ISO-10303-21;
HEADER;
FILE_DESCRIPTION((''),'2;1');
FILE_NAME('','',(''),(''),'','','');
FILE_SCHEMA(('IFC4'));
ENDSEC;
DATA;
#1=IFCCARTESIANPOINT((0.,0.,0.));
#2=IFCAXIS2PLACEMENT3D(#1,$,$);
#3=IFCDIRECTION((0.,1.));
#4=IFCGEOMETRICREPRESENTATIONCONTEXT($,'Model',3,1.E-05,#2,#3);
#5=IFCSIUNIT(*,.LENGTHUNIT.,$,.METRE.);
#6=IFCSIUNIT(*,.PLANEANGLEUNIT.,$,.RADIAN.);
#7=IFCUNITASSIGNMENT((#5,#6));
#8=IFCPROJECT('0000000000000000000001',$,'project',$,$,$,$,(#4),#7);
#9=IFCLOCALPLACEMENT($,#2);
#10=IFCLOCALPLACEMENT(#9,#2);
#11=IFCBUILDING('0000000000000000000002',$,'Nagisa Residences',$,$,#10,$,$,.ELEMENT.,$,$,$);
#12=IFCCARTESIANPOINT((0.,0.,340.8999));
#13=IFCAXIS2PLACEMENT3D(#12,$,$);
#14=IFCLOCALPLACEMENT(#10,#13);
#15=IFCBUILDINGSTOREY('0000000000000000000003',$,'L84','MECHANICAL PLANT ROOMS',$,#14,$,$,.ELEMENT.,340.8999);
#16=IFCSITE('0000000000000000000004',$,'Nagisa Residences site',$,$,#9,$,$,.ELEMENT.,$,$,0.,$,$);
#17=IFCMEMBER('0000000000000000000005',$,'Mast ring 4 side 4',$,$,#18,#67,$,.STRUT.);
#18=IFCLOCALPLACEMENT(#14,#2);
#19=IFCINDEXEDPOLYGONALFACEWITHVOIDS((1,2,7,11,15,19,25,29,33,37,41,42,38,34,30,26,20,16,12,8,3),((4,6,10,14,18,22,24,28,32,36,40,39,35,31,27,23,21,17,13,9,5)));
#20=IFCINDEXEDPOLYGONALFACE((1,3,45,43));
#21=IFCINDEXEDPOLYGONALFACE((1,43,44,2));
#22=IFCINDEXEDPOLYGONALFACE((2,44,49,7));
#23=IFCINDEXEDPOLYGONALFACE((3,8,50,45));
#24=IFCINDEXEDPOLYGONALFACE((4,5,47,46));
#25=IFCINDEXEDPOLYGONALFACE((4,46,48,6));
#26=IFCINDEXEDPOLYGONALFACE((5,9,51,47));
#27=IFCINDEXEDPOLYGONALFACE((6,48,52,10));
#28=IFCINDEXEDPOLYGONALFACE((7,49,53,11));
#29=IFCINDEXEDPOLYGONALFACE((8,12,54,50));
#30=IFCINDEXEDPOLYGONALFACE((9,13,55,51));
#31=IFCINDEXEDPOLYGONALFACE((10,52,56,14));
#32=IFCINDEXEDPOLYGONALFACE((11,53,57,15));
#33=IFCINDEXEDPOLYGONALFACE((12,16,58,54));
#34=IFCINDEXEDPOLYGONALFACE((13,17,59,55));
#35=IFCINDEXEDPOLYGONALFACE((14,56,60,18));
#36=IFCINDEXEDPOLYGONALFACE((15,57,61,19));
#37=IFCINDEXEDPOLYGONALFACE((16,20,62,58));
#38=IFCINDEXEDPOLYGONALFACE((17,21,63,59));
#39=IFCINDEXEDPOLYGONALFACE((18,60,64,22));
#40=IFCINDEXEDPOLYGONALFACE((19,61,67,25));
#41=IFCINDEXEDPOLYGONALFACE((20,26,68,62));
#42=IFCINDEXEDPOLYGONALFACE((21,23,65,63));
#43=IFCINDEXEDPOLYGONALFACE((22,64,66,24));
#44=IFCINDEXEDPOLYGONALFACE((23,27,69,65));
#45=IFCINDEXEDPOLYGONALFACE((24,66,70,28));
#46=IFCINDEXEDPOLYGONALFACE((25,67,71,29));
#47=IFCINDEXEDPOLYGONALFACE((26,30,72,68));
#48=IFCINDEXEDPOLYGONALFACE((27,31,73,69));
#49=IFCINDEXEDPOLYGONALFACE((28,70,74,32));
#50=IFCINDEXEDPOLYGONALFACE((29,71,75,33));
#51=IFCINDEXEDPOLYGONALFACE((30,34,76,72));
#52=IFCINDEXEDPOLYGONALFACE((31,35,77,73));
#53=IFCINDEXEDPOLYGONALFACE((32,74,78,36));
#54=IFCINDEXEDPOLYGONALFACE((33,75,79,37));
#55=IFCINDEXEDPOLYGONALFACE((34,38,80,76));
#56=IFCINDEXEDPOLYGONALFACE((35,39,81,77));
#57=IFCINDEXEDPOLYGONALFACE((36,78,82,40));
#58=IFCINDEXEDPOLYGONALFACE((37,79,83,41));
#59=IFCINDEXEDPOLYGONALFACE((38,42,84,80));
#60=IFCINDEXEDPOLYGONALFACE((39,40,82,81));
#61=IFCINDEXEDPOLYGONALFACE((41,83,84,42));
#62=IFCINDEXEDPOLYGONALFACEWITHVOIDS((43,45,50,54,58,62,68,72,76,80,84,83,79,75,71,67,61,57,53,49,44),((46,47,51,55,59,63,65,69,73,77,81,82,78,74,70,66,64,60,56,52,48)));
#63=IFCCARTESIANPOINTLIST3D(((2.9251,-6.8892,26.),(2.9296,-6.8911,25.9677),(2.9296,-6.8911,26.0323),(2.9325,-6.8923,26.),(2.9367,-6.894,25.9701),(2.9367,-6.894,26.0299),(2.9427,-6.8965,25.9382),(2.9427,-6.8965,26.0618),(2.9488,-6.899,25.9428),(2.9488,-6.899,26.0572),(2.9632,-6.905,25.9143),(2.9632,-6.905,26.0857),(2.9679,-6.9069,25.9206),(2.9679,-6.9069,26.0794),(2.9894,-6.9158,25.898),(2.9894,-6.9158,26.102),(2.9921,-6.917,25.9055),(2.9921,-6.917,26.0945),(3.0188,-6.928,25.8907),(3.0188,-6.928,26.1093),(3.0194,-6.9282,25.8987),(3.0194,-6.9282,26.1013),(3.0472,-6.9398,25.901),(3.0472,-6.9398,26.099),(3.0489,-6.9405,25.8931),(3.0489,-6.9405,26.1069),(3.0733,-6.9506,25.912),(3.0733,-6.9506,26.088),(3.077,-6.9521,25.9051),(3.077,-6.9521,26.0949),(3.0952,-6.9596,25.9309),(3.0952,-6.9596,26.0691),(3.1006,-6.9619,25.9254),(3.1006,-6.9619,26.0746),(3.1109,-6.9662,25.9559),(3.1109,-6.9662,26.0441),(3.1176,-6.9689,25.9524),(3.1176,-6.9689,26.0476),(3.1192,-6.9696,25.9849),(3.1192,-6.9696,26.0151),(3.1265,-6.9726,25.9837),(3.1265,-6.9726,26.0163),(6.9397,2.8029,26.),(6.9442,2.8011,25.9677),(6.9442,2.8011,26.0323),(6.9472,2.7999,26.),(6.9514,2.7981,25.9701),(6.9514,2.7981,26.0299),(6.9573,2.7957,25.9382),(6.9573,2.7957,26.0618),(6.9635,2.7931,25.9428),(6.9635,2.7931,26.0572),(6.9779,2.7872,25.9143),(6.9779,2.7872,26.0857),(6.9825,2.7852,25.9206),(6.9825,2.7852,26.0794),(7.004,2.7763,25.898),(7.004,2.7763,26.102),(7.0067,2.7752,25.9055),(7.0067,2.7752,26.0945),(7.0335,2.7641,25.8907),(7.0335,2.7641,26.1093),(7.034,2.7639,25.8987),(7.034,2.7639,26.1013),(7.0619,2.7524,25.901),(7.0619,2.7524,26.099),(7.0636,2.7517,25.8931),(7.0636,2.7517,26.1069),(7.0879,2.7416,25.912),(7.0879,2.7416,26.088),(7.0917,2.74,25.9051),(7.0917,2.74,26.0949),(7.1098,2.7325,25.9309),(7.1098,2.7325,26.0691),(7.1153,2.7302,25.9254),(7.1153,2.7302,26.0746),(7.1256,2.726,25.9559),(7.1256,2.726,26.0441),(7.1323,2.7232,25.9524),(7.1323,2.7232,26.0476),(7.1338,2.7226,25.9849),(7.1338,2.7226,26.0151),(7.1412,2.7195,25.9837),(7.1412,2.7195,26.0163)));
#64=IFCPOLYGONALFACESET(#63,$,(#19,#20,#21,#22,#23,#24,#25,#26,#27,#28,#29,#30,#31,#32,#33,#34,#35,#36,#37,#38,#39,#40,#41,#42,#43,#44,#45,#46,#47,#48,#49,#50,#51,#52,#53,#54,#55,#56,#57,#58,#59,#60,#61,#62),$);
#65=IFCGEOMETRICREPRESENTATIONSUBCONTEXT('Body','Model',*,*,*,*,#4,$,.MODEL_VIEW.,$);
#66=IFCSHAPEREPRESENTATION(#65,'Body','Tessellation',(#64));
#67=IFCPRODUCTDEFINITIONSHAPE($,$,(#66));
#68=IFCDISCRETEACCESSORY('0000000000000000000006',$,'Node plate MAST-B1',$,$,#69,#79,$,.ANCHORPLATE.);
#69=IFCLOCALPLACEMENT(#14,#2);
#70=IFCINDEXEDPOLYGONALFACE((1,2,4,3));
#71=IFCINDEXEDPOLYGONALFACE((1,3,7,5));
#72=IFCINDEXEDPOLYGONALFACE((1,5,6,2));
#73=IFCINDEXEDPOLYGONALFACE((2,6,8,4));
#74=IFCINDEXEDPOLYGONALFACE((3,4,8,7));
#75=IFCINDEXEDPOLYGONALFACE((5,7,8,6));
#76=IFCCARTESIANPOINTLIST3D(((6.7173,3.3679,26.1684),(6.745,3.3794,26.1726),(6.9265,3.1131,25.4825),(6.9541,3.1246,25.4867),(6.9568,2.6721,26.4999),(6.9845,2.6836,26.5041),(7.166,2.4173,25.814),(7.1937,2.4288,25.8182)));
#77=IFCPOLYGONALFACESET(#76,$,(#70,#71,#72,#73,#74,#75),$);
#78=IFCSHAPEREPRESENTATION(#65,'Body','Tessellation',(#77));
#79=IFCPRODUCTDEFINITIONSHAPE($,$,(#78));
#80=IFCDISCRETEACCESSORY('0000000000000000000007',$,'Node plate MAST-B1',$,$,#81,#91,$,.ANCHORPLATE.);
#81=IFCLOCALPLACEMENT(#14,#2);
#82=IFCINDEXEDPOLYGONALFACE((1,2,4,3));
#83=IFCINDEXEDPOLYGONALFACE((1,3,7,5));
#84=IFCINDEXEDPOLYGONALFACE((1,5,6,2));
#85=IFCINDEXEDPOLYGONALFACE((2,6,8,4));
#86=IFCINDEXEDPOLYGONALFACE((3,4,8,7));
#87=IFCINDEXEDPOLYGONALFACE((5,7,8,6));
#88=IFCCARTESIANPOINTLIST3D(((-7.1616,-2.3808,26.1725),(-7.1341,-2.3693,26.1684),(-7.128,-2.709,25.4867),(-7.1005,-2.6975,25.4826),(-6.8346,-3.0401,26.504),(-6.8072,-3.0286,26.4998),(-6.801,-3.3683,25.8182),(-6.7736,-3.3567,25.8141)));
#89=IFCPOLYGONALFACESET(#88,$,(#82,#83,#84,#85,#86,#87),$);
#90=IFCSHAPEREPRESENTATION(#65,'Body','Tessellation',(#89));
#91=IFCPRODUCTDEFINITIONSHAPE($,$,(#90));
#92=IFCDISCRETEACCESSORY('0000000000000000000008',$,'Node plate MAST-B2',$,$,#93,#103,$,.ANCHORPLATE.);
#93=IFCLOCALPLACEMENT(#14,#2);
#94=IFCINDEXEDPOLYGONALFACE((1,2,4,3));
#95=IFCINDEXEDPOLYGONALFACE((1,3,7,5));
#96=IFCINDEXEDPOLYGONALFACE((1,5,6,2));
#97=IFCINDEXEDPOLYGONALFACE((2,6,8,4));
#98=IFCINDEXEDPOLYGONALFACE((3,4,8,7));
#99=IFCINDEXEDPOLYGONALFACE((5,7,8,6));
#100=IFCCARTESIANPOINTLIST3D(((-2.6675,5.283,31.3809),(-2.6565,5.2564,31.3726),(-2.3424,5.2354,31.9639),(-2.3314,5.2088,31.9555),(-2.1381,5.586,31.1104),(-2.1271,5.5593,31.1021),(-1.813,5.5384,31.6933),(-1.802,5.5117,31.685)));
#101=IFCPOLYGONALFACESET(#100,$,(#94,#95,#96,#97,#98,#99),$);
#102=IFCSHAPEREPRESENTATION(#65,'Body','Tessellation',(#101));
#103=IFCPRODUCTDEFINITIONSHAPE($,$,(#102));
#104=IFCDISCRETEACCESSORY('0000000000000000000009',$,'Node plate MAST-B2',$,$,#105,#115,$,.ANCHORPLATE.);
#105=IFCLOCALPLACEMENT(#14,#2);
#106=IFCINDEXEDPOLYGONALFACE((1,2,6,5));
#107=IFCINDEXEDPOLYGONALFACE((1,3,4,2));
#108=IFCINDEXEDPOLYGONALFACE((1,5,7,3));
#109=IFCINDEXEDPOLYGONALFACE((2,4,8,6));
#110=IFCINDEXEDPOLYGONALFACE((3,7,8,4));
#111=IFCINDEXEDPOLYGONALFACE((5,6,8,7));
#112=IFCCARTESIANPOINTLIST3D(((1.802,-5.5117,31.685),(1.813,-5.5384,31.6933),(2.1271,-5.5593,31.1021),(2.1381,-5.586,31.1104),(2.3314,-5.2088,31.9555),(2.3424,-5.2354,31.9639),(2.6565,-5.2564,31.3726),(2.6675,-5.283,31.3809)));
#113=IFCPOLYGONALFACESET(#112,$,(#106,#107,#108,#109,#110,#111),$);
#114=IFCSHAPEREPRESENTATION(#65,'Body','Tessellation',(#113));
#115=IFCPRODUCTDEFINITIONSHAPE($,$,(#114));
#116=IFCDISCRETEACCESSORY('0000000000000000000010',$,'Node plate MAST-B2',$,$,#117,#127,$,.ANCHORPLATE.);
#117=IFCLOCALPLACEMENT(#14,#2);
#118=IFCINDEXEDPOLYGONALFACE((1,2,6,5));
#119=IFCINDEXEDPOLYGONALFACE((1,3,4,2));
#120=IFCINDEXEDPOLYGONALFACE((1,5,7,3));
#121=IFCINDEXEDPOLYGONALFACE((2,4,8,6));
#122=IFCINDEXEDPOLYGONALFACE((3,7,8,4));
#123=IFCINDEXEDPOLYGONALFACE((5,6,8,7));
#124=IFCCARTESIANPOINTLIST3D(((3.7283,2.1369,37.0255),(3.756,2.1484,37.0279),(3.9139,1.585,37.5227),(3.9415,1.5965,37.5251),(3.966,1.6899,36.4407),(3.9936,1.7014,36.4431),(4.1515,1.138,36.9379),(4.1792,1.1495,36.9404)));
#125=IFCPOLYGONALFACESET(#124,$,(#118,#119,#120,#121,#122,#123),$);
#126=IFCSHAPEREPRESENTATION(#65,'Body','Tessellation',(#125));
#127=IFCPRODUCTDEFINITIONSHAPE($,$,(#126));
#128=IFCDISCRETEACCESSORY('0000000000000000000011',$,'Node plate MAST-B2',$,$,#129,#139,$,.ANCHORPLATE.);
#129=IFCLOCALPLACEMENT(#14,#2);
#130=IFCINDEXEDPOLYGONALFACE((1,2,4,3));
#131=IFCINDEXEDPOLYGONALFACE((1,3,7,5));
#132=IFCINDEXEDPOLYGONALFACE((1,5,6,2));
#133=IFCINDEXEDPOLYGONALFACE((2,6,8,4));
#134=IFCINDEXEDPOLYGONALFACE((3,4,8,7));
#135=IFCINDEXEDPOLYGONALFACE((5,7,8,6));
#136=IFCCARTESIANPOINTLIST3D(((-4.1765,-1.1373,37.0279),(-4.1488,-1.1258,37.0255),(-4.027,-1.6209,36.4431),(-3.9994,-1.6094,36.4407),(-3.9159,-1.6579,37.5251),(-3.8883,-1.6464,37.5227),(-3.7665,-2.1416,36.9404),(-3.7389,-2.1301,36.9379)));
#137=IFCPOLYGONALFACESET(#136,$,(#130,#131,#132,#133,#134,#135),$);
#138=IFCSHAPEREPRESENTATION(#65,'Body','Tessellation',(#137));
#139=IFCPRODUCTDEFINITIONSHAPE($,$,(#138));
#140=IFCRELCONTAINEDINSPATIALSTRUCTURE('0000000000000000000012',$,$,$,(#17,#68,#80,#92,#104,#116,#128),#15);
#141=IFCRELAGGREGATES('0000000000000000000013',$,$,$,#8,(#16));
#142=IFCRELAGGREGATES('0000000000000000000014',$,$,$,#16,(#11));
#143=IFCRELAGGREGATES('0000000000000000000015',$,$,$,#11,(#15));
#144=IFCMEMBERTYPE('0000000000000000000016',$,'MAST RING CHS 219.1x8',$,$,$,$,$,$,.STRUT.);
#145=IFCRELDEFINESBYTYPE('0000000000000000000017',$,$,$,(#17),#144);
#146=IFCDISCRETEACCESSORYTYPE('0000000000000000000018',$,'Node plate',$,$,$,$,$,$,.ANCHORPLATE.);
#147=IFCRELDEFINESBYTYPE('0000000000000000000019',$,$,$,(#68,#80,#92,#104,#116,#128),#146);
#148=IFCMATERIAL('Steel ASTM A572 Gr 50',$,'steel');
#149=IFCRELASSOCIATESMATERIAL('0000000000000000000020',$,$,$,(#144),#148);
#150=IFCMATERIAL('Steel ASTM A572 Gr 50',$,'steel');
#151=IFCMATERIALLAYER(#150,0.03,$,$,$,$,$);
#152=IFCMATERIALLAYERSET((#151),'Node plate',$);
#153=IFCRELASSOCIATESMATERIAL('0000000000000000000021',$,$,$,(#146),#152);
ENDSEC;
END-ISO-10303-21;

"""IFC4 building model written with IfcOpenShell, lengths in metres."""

from ifc_helpers import new_model, si_unit, direction, frame, origin, origin_2d, place, context, subcontext, project, spatial, rectangle, hollow_circle, extrude, material, layer, layer_set, material_profile, profile_set, type_object, element, save


model = new_model("IFC4")

# Units and contexts
model_context = context("Model", 3, precision=1e-05, world=origin(), true_north=direction((0.0, 1.0)))
body_context = subcontext(model_context, "Body", "Model", "MODEL_VIEW")
ifc_project = project(units=[si_unit("LENGTHUNIT", "METRE"), si_unit("PLANEANGLEUNIT", "RADIAN")], contexts=[model_context])

# Site, building, storey
site_placement = place(None, origin())
site = spatial("IfcSite", under=ifc_project, at=site_placement, Name="Nagisa Residences site", CompositionType="ELEMENT", RefElevation=0.0)
building_placement = place(site_placement, origin())
building = spatial("IfcBuilding", under=site, at=building_placement, Name="Nagisa Residences", CompositionType="ELEMENT")
storey_placement = place(building_placement, frame((0.0, 0.0, 340.8999)))
storey = spatial("IfcBuildingStorey", under=building, at=storey_placement, Name="L84", Description="MECHANICAL PLANT ROOMS", CompositionType="ELEMENT", Elevation=340.8999)

# Member
ifc_material_1 = material(Name="Steel ASTM A572 Gr 50", Category="steel")
ifc_material_profile_1 = material_profile(ifc_material_1, hollow_circle(Radius=0.1096, WallThickness=0.0081, at=origin_2d()), Name="MAST RING CHS 219.1x8")
ifc_profile_set_1 = profile_set([ifc_material_profile_1], Name="Steel ASTM A572 Gr 50")
member_type_1 = type_object("IfcMemberType", Name="MAST RING CHS 219.1x8", PredefinedType="STRUT", material=ifc_profile_set_1)
for number, where, z_axis, x_axis, name in (
    (1, (3.0264, -6.9312, 26.0), (0.382686, 0.923878, 0.0), (-0.923878, 0.382686, 0.0), "Mast ring 4 side 4"),
):
    element("IfcMember", number, at=place(storey_placement, frame(where, z_axis=z_axis, x_axis=x_axis)), inside=storey, type_object=member_type_1, Name=name, PredefinedType="STRUT", context=body_context, shape_type="SweptSolid", body=[
        extrude(hollow_circle(Radius=0.1096, WallThickness=0.0081, at=origin_2d()), origin(), (0.0, 0.0, 1.0), 10.4907),
    ])

# Discrete accessories
ifc_material_2 = material(Name="Steel ASTM A572 Gr 50", Category="steel")
ifc_layer = layer(ifc_material_2, 0.03)
ifc_layer_set = layer_set([ifc_layer], Name="Node plate")
discrete_accessory_type = type_object("IfcDiscreteAccessoryType", Name="Node plate", PredefinedType="ANCHORPLATE", material=ifc_layer_set)
discrete_accessory_1_placement = place(storey_placement, frame((6.9417, 2.8926, 25.9912), z_axis=(0.914538, 0.380383, 0.137585), x_axis=(-0.296779, 0.862099, -0.41074)))
element("IfcDiscreteAccessory", 2, at=discrete_accessory_1_placement, inside=storey, type_object=discrete_accessory_type, Name="Node plate MAST-B1", PredefinedType="ANCHORPLATE", context=body_context, shape_type="SweptSolid", body=[
    extrude(rectangle(XDim=0.8071, YDim=0.761, at=origin_2d()), origin(), (0.0, 0.0, 1.0), 0.0303),
])
discrete_accessory_2_placement = place(storey_placement, frame((-6.9539, -2.863, 25.9912), z_axis=(-0.913199, -0.383217, 0.13861), x_axis=(-0.405115, 0.816837, -0.410681)))
element("IfcDiscreteAccessory", 3, at=discrete_accessory_2_placement, inside=storey, type_object=discrete_accessory_type, Name="Node plate MAST-B1", PredefinedType="ANCHORPLATE", context=body_context, shape_type="SweptSolid", body=[
    extrude(rectangle(XDim=0.8071, YDim=0.761, at=origin_2d()), origin(), (0.0, 0.0, 1.0), 0.03),
])
for number, where, z_axis, x_axis, name in (
    (4, (-2.2292, 5.384, 31.5288), (-0.366666, 0.888148, 0.277037), (0.793399, 0.454019, -0.405444), "Node plate MAST-B2"),
    (5, (2.2292, -5.384, 31.5288), (0.366666, -0.888148, 0.277037), (-0.793399, -0.454019, -0.405444), "Node plate MAST-B2"),
):
    element("IfcDiscreteAccessory", number, at=place(storey_placement, frame(where, z_axis=z_axis, x_axis=x_axis)), inside=storey, type_object=discrete_accessory_type, Name=name, PredefinedType="ANCHORPLATE", context=body_context, shape_type="SweptSolid", body=[
        extrude(rectangle(XDim=0.6672, YDim=0.6692, at=origin_2d()), origin(), (0.0, 0.0, 1.0), 0.03),
    ])
for number, where, z_axis, x_axis, name in (
    (6, (3.9399, 1.6375, 36.9817), (0.920252, 0.38276, 0.081438), (-0.242319, 0.720774, -0.649435), "Node plate MAST-B2"),
    (7, (-3.9438, -1.6279, 36.9817), (-0.920252, -0.38276, 0.081438), (-0.340311, 0.680016, -0.649435), "Node plate MAST-B2"),
):
    element("IfcDiscreteAccessory", number, at=place(storey_placement, frame(where, z_axis=z_axis, x_axis=x_axis)), inside=storey, type_object=discrete_accessory_type, Name=name, PredefinedType="ANCHORPLATE", context=body_context, shape_type="SweptSolid", body=[
        extrude(rectangle(XDim=0.7656, YDim=0.7734, at=origin_2d()), origin(), (0.0, 0.0, 1.0), 0.03),
    ])

save(model, "model.ifc")
